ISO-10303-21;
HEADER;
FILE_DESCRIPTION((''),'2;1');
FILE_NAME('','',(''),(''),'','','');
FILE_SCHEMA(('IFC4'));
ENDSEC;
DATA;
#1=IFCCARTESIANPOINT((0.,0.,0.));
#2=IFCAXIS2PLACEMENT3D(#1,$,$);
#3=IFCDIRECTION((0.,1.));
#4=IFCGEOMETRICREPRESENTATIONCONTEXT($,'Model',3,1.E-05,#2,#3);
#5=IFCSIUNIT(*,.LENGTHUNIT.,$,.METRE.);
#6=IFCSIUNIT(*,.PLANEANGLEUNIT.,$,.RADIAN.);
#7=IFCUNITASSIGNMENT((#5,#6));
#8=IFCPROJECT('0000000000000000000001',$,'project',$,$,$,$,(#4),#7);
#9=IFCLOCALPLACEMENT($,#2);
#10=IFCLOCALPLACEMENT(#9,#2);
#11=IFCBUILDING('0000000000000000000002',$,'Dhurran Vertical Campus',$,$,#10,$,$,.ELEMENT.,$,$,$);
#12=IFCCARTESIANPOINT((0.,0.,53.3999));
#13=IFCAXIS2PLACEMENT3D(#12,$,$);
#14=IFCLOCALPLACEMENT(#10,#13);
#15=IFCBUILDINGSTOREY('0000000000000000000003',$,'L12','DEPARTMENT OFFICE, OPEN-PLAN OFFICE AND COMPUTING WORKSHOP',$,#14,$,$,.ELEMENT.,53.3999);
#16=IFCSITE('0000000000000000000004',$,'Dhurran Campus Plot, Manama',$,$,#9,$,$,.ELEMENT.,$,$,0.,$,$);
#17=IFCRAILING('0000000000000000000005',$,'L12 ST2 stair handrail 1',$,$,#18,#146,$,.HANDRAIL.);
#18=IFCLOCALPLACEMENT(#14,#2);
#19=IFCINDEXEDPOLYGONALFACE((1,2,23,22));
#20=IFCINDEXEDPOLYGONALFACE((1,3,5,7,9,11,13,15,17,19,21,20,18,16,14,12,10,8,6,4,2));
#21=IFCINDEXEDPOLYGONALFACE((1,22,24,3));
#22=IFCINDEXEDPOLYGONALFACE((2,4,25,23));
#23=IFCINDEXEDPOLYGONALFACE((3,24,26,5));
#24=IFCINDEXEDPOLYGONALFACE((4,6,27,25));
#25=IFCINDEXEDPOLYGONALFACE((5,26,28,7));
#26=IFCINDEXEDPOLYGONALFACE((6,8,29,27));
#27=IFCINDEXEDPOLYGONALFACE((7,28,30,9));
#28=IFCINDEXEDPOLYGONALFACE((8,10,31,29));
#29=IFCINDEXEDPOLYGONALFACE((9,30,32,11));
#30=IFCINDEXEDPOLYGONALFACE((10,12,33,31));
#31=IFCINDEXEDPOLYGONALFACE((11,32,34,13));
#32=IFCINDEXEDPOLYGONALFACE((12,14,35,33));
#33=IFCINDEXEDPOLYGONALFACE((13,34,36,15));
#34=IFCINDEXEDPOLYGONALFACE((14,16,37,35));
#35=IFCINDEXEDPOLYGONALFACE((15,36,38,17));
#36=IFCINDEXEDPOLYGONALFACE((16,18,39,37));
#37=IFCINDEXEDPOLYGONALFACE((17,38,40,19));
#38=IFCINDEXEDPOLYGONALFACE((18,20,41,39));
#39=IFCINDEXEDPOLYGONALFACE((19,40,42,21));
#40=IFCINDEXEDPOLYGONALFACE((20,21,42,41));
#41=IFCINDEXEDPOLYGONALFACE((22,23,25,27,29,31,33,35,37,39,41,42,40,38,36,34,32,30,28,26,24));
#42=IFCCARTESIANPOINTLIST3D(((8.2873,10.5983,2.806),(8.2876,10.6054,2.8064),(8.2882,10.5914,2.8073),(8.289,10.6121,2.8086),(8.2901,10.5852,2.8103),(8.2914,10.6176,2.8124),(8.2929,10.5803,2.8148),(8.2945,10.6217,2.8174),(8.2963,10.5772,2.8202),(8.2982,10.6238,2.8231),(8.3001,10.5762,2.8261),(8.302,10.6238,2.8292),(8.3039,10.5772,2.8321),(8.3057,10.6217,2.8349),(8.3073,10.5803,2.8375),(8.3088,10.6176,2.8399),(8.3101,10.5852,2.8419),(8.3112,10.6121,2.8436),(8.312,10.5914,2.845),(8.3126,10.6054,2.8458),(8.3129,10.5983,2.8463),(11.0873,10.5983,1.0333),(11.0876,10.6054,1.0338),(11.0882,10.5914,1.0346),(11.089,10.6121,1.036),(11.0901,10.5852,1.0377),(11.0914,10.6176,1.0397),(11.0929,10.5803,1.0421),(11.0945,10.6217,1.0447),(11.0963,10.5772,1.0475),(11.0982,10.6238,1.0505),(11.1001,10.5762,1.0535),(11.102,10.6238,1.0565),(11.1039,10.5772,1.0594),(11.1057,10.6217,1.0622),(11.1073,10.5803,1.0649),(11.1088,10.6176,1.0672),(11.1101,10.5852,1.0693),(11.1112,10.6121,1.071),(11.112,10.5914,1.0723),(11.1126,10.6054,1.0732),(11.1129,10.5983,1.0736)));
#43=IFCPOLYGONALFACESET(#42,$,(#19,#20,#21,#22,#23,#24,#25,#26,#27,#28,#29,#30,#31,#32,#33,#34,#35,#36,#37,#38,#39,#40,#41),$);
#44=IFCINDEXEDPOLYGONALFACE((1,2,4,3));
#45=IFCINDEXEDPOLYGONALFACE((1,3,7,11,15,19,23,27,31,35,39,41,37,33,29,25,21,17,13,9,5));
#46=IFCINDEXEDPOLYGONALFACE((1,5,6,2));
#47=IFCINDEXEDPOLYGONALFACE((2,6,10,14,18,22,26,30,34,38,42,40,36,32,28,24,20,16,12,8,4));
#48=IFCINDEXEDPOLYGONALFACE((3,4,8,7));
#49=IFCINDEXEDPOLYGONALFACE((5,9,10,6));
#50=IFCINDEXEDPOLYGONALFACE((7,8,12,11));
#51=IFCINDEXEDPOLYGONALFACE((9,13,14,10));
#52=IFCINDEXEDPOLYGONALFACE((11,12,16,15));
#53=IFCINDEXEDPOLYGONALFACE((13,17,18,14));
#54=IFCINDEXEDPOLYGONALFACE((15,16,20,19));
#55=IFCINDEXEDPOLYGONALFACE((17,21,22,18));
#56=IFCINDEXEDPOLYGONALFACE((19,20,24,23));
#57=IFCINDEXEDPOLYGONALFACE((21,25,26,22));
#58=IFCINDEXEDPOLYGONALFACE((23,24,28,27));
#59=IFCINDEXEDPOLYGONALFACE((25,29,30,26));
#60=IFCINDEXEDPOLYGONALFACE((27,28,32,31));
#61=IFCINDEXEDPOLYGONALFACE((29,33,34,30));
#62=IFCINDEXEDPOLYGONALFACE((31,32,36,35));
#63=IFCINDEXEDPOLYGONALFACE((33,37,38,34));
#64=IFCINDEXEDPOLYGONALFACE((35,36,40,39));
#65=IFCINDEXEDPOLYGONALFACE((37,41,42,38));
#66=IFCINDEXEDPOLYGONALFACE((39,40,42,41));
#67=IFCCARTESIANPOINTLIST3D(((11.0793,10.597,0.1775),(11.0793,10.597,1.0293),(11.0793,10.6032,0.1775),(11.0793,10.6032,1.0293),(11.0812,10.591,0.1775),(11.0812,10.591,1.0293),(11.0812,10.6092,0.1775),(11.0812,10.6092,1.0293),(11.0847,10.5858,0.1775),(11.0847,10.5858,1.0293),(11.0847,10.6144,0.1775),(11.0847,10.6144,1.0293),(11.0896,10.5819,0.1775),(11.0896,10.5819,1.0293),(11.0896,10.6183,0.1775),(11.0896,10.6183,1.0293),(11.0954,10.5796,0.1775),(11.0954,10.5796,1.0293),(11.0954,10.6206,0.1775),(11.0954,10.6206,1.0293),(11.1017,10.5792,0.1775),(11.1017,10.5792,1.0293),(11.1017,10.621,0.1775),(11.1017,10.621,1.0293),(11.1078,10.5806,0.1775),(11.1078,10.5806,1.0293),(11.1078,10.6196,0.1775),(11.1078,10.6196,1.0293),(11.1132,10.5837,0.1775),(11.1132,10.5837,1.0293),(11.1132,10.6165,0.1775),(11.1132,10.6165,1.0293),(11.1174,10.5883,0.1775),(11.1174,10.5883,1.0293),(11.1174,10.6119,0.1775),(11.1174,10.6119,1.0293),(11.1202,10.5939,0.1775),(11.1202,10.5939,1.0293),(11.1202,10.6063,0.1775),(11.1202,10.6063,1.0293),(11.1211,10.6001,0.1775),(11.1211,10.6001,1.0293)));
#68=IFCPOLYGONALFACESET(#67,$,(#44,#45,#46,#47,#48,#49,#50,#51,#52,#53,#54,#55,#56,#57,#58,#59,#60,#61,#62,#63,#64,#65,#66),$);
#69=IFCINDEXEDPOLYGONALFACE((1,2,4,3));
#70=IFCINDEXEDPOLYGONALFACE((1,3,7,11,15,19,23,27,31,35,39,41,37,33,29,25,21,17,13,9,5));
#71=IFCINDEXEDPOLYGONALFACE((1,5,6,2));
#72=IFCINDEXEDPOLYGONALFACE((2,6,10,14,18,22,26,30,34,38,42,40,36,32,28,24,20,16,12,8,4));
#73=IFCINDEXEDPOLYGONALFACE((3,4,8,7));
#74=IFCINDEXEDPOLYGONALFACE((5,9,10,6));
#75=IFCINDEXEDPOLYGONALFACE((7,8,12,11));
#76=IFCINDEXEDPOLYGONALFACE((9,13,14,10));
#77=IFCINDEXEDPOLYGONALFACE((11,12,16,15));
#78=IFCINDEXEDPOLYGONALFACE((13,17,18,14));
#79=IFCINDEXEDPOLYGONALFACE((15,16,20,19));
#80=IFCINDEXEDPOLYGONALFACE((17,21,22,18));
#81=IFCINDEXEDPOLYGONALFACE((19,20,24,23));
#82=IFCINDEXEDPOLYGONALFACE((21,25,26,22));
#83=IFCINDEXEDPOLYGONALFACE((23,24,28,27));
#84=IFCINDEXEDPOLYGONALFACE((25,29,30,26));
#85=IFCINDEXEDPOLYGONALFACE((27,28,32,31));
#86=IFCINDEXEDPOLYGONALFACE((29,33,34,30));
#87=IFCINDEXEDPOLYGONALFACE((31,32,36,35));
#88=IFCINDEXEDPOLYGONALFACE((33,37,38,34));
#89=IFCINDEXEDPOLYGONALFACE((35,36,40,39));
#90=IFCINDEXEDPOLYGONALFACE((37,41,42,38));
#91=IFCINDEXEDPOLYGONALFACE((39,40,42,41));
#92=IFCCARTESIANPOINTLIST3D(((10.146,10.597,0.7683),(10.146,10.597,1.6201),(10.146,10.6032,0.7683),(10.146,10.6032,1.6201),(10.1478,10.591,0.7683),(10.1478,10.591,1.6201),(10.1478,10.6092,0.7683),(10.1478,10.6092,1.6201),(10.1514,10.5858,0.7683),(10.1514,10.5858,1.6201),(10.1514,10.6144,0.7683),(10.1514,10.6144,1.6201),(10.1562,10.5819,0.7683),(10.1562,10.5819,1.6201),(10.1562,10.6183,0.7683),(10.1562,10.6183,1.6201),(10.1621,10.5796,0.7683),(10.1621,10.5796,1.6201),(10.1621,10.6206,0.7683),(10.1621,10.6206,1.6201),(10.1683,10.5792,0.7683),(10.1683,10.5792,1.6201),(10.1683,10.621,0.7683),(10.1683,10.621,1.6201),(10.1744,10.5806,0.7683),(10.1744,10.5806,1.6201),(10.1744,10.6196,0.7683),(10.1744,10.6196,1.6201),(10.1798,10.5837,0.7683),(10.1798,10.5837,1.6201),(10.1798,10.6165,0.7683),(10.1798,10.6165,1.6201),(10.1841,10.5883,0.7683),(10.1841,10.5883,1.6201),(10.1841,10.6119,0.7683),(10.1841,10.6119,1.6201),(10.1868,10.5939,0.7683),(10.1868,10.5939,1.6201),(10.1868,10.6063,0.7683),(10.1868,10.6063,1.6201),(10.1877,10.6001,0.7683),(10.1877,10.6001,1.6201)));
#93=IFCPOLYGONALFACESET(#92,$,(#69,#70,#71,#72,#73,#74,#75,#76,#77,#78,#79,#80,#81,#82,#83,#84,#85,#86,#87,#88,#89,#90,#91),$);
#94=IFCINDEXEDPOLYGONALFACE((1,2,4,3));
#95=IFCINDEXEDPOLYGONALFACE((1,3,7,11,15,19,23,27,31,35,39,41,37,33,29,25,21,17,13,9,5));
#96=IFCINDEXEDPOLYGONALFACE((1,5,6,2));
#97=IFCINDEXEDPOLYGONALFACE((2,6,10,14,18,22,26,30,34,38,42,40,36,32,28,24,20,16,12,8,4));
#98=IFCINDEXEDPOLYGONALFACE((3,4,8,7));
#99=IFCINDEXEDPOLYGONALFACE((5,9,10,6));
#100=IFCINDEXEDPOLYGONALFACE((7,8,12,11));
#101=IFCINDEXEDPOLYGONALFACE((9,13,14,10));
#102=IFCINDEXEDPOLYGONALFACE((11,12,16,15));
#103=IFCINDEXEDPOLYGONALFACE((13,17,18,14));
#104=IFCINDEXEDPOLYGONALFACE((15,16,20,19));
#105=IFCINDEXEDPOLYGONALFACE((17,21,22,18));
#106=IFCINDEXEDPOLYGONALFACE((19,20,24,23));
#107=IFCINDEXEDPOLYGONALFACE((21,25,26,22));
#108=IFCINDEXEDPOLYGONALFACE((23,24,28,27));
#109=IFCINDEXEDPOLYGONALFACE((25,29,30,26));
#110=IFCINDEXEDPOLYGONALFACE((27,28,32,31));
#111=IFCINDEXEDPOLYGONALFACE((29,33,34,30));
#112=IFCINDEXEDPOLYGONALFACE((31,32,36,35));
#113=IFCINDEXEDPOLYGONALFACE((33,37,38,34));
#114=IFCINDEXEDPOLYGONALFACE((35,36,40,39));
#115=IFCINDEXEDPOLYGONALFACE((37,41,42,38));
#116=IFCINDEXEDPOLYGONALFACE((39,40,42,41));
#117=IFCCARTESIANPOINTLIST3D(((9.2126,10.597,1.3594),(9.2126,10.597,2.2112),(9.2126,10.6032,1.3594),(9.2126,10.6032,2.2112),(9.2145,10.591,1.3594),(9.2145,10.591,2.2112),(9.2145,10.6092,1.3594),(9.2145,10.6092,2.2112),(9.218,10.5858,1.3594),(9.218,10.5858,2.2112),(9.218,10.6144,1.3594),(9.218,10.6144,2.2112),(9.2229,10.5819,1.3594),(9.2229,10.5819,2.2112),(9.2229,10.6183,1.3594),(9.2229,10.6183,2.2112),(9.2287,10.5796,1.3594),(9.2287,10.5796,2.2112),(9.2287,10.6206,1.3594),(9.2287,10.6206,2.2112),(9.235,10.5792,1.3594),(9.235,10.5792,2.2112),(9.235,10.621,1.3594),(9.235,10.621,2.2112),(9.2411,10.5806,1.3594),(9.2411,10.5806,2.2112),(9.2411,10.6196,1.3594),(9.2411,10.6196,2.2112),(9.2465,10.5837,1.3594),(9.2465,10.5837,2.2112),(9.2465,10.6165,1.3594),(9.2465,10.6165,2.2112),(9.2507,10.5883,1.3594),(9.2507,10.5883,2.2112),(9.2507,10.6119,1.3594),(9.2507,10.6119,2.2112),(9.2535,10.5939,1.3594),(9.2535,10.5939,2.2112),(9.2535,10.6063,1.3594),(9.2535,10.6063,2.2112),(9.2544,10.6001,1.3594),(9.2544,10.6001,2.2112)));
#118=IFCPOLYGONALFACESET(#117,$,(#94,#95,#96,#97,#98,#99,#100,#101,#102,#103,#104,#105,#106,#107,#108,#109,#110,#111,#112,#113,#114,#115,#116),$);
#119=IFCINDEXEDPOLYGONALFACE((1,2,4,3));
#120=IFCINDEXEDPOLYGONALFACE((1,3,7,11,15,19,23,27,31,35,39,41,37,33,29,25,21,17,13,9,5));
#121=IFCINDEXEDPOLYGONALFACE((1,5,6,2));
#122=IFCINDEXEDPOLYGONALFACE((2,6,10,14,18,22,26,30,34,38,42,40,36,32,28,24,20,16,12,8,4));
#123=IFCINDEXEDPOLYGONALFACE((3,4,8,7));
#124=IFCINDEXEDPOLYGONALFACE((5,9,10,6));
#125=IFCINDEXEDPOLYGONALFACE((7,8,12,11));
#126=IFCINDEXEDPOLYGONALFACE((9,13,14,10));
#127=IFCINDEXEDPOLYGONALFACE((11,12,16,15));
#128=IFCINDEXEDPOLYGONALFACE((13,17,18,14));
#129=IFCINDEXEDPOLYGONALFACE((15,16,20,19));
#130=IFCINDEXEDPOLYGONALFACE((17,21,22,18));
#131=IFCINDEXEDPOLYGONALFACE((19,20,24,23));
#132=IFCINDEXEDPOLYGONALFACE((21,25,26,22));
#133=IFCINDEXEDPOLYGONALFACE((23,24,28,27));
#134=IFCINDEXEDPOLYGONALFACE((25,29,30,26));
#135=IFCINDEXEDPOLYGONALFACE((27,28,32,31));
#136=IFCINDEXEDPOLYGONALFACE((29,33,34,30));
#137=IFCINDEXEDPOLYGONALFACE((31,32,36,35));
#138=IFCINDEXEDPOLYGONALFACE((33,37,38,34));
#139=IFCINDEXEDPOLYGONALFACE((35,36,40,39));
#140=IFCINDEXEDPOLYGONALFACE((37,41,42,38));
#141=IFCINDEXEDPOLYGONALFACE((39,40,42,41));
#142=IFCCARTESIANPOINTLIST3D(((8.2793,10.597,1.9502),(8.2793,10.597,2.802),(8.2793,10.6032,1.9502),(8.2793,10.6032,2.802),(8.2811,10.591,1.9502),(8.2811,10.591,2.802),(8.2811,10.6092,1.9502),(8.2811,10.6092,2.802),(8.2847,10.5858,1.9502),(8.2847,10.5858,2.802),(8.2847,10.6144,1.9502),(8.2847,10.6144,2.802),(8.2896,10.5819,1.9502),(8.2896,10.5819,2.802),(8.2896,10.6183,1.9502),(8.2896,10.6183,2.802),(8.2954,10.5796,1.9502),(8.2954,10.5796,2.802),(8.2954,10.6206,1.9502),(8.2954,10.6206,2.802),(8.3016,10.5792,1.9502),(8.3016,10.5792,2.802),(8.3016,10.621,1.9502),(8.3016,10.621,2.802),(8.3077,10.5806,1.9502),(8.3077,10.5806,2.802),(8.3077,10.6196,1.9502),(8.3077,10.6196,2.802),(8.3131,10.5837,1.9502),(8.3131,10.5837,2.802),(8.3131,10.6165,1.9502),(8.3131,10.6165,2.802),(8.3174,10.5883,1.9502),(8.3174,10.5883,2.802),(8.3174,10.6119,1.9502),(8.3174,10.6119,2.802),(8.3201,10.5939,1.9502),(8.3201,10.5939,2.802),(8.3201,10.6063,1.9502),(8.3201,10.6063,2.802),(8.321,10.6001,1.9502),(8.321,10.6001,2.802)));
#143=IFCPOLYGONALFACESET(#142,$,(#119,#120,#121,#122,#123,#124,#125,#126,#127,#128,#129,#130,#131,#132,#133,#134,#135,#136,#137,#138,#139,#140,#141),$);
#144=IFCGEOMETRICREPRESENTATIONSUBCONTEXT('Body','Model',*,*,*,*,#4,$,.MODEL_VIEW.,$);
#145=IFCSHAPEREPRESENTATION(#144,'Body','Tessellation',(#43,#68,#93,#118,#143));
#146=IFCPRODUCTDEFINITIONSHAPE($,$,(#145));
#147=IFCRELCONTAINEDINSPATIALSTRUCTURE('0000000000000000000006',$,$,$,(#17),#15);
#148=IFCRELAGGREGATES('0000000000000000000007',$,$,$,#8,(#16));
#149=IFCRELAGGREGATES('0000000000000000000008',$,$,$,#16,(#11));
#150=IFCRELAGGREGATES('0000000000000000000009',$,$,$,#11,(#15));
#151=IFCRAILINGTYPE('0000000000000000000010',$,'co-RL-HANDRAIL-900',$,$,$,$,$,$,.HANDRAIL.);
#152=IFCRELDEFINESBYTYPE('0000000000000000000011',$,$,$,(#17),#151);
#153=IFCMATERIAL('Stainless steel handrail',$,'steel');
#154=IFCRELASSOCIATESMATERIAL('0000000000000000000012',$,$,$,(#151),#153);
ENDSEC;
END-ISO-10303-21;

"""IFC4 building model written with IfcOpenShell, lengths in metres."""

from ifc_helpers import new_model, si_unit, direction, frame, origin, origin_2d, place, context, subcontext, project, spatial, circle, extrude, material, type_object, element, save


model = new_model("IFC4")

# Units and contexts
model_context = context("Model", 3, precision=1e-05, world=origin(), true_north=direction((0.0, 1.0)))
body_context = subcontext(model_context, "Body", "Model", "MODEL_VIEW")
ifc_project = project(units=[si_unit("LENGTHUNIT", "METRE"), si_unit("PLANEANGLEUNIT", "RADIAN")], contexts=[model_context])

# Site, building, storey
site_placement = place(None, origin())
site = spatial("IfcSite", under=ifc_project, at=site_placement, Name="Dhurran Campus Plot, Manama", CompositionType="ELEMENT", RefElevation=0.0)
building_placement = place(site_placement, origin())
building = spatial("IfcBuilding", under=site, at=building_placement, Name="Dhurran Vertical Campus", CompositionType="ELEMENT")
storey_placement = place(building_placement, frame((0.0, 0.0, 53.3999)))
storey = spatial("IfcBuildingStorey", under=building, at=storey_placement, Name="L12", Description="DEPARTMENT OFFICE, OPEN-PLAN OFFICE AND COMPUTING WORKSHOP", CompositionType="ELEMENT", Elevation=53.3999)

# Railing
ifc_material_1 = material(Name="Stainless steel handrail", Category="steel")
railing_type_1 = type_object("IfcRailingType", Name="co-RL-HANDRAIL-900", PredefinedType="HANDRAIL", material=ifc_material_1)
railing_1_placement = place(storey_placement, frame((11.1001, 10.6001, 0.1775)))
element("IfcRailing", 1, at=railing_1_placement, inside=storey, type_object=railing_type_1, Name="L12 ST2 stair handrail 1", PredefinedType="HANDRAIL", context=body_context, shape_type="SweptSolid", body=[
    extrude(circle(Radius=0.0239, at=origin_2d()), frame((0.0, 0.0, 0.876), z_axis=(-0.844909, 0.0, 0.53491), x_axis=(0.0, -1.0, 0.0)), (0.0, 0.0, 1.0), 3.314),
    extrude(circle(Radius=0.021, at=origin_2d()), origin(), (0.0, 0.0, 1.0), 0.8518),
    extrude(circle(Radius=0.021, at=origin_2d()), frame((-0.9333, 0.0, 0.5908)), (0.0, 0.0, 1.0), 0.8518),
    extrude(circle(Radius=0.021, at=origin_2d()), frame((-1.8667, 0.0, 1.1819)), (0.0, 0.0, 1.0), 0.8518),
    extrude(circle(Radius=0.021, at=origin_2d()), frame((-2.8, 0.0, 1.7727)), (0.0, 0.0, 1.0), 0.8518),
])

save(model, "model.ifc")
